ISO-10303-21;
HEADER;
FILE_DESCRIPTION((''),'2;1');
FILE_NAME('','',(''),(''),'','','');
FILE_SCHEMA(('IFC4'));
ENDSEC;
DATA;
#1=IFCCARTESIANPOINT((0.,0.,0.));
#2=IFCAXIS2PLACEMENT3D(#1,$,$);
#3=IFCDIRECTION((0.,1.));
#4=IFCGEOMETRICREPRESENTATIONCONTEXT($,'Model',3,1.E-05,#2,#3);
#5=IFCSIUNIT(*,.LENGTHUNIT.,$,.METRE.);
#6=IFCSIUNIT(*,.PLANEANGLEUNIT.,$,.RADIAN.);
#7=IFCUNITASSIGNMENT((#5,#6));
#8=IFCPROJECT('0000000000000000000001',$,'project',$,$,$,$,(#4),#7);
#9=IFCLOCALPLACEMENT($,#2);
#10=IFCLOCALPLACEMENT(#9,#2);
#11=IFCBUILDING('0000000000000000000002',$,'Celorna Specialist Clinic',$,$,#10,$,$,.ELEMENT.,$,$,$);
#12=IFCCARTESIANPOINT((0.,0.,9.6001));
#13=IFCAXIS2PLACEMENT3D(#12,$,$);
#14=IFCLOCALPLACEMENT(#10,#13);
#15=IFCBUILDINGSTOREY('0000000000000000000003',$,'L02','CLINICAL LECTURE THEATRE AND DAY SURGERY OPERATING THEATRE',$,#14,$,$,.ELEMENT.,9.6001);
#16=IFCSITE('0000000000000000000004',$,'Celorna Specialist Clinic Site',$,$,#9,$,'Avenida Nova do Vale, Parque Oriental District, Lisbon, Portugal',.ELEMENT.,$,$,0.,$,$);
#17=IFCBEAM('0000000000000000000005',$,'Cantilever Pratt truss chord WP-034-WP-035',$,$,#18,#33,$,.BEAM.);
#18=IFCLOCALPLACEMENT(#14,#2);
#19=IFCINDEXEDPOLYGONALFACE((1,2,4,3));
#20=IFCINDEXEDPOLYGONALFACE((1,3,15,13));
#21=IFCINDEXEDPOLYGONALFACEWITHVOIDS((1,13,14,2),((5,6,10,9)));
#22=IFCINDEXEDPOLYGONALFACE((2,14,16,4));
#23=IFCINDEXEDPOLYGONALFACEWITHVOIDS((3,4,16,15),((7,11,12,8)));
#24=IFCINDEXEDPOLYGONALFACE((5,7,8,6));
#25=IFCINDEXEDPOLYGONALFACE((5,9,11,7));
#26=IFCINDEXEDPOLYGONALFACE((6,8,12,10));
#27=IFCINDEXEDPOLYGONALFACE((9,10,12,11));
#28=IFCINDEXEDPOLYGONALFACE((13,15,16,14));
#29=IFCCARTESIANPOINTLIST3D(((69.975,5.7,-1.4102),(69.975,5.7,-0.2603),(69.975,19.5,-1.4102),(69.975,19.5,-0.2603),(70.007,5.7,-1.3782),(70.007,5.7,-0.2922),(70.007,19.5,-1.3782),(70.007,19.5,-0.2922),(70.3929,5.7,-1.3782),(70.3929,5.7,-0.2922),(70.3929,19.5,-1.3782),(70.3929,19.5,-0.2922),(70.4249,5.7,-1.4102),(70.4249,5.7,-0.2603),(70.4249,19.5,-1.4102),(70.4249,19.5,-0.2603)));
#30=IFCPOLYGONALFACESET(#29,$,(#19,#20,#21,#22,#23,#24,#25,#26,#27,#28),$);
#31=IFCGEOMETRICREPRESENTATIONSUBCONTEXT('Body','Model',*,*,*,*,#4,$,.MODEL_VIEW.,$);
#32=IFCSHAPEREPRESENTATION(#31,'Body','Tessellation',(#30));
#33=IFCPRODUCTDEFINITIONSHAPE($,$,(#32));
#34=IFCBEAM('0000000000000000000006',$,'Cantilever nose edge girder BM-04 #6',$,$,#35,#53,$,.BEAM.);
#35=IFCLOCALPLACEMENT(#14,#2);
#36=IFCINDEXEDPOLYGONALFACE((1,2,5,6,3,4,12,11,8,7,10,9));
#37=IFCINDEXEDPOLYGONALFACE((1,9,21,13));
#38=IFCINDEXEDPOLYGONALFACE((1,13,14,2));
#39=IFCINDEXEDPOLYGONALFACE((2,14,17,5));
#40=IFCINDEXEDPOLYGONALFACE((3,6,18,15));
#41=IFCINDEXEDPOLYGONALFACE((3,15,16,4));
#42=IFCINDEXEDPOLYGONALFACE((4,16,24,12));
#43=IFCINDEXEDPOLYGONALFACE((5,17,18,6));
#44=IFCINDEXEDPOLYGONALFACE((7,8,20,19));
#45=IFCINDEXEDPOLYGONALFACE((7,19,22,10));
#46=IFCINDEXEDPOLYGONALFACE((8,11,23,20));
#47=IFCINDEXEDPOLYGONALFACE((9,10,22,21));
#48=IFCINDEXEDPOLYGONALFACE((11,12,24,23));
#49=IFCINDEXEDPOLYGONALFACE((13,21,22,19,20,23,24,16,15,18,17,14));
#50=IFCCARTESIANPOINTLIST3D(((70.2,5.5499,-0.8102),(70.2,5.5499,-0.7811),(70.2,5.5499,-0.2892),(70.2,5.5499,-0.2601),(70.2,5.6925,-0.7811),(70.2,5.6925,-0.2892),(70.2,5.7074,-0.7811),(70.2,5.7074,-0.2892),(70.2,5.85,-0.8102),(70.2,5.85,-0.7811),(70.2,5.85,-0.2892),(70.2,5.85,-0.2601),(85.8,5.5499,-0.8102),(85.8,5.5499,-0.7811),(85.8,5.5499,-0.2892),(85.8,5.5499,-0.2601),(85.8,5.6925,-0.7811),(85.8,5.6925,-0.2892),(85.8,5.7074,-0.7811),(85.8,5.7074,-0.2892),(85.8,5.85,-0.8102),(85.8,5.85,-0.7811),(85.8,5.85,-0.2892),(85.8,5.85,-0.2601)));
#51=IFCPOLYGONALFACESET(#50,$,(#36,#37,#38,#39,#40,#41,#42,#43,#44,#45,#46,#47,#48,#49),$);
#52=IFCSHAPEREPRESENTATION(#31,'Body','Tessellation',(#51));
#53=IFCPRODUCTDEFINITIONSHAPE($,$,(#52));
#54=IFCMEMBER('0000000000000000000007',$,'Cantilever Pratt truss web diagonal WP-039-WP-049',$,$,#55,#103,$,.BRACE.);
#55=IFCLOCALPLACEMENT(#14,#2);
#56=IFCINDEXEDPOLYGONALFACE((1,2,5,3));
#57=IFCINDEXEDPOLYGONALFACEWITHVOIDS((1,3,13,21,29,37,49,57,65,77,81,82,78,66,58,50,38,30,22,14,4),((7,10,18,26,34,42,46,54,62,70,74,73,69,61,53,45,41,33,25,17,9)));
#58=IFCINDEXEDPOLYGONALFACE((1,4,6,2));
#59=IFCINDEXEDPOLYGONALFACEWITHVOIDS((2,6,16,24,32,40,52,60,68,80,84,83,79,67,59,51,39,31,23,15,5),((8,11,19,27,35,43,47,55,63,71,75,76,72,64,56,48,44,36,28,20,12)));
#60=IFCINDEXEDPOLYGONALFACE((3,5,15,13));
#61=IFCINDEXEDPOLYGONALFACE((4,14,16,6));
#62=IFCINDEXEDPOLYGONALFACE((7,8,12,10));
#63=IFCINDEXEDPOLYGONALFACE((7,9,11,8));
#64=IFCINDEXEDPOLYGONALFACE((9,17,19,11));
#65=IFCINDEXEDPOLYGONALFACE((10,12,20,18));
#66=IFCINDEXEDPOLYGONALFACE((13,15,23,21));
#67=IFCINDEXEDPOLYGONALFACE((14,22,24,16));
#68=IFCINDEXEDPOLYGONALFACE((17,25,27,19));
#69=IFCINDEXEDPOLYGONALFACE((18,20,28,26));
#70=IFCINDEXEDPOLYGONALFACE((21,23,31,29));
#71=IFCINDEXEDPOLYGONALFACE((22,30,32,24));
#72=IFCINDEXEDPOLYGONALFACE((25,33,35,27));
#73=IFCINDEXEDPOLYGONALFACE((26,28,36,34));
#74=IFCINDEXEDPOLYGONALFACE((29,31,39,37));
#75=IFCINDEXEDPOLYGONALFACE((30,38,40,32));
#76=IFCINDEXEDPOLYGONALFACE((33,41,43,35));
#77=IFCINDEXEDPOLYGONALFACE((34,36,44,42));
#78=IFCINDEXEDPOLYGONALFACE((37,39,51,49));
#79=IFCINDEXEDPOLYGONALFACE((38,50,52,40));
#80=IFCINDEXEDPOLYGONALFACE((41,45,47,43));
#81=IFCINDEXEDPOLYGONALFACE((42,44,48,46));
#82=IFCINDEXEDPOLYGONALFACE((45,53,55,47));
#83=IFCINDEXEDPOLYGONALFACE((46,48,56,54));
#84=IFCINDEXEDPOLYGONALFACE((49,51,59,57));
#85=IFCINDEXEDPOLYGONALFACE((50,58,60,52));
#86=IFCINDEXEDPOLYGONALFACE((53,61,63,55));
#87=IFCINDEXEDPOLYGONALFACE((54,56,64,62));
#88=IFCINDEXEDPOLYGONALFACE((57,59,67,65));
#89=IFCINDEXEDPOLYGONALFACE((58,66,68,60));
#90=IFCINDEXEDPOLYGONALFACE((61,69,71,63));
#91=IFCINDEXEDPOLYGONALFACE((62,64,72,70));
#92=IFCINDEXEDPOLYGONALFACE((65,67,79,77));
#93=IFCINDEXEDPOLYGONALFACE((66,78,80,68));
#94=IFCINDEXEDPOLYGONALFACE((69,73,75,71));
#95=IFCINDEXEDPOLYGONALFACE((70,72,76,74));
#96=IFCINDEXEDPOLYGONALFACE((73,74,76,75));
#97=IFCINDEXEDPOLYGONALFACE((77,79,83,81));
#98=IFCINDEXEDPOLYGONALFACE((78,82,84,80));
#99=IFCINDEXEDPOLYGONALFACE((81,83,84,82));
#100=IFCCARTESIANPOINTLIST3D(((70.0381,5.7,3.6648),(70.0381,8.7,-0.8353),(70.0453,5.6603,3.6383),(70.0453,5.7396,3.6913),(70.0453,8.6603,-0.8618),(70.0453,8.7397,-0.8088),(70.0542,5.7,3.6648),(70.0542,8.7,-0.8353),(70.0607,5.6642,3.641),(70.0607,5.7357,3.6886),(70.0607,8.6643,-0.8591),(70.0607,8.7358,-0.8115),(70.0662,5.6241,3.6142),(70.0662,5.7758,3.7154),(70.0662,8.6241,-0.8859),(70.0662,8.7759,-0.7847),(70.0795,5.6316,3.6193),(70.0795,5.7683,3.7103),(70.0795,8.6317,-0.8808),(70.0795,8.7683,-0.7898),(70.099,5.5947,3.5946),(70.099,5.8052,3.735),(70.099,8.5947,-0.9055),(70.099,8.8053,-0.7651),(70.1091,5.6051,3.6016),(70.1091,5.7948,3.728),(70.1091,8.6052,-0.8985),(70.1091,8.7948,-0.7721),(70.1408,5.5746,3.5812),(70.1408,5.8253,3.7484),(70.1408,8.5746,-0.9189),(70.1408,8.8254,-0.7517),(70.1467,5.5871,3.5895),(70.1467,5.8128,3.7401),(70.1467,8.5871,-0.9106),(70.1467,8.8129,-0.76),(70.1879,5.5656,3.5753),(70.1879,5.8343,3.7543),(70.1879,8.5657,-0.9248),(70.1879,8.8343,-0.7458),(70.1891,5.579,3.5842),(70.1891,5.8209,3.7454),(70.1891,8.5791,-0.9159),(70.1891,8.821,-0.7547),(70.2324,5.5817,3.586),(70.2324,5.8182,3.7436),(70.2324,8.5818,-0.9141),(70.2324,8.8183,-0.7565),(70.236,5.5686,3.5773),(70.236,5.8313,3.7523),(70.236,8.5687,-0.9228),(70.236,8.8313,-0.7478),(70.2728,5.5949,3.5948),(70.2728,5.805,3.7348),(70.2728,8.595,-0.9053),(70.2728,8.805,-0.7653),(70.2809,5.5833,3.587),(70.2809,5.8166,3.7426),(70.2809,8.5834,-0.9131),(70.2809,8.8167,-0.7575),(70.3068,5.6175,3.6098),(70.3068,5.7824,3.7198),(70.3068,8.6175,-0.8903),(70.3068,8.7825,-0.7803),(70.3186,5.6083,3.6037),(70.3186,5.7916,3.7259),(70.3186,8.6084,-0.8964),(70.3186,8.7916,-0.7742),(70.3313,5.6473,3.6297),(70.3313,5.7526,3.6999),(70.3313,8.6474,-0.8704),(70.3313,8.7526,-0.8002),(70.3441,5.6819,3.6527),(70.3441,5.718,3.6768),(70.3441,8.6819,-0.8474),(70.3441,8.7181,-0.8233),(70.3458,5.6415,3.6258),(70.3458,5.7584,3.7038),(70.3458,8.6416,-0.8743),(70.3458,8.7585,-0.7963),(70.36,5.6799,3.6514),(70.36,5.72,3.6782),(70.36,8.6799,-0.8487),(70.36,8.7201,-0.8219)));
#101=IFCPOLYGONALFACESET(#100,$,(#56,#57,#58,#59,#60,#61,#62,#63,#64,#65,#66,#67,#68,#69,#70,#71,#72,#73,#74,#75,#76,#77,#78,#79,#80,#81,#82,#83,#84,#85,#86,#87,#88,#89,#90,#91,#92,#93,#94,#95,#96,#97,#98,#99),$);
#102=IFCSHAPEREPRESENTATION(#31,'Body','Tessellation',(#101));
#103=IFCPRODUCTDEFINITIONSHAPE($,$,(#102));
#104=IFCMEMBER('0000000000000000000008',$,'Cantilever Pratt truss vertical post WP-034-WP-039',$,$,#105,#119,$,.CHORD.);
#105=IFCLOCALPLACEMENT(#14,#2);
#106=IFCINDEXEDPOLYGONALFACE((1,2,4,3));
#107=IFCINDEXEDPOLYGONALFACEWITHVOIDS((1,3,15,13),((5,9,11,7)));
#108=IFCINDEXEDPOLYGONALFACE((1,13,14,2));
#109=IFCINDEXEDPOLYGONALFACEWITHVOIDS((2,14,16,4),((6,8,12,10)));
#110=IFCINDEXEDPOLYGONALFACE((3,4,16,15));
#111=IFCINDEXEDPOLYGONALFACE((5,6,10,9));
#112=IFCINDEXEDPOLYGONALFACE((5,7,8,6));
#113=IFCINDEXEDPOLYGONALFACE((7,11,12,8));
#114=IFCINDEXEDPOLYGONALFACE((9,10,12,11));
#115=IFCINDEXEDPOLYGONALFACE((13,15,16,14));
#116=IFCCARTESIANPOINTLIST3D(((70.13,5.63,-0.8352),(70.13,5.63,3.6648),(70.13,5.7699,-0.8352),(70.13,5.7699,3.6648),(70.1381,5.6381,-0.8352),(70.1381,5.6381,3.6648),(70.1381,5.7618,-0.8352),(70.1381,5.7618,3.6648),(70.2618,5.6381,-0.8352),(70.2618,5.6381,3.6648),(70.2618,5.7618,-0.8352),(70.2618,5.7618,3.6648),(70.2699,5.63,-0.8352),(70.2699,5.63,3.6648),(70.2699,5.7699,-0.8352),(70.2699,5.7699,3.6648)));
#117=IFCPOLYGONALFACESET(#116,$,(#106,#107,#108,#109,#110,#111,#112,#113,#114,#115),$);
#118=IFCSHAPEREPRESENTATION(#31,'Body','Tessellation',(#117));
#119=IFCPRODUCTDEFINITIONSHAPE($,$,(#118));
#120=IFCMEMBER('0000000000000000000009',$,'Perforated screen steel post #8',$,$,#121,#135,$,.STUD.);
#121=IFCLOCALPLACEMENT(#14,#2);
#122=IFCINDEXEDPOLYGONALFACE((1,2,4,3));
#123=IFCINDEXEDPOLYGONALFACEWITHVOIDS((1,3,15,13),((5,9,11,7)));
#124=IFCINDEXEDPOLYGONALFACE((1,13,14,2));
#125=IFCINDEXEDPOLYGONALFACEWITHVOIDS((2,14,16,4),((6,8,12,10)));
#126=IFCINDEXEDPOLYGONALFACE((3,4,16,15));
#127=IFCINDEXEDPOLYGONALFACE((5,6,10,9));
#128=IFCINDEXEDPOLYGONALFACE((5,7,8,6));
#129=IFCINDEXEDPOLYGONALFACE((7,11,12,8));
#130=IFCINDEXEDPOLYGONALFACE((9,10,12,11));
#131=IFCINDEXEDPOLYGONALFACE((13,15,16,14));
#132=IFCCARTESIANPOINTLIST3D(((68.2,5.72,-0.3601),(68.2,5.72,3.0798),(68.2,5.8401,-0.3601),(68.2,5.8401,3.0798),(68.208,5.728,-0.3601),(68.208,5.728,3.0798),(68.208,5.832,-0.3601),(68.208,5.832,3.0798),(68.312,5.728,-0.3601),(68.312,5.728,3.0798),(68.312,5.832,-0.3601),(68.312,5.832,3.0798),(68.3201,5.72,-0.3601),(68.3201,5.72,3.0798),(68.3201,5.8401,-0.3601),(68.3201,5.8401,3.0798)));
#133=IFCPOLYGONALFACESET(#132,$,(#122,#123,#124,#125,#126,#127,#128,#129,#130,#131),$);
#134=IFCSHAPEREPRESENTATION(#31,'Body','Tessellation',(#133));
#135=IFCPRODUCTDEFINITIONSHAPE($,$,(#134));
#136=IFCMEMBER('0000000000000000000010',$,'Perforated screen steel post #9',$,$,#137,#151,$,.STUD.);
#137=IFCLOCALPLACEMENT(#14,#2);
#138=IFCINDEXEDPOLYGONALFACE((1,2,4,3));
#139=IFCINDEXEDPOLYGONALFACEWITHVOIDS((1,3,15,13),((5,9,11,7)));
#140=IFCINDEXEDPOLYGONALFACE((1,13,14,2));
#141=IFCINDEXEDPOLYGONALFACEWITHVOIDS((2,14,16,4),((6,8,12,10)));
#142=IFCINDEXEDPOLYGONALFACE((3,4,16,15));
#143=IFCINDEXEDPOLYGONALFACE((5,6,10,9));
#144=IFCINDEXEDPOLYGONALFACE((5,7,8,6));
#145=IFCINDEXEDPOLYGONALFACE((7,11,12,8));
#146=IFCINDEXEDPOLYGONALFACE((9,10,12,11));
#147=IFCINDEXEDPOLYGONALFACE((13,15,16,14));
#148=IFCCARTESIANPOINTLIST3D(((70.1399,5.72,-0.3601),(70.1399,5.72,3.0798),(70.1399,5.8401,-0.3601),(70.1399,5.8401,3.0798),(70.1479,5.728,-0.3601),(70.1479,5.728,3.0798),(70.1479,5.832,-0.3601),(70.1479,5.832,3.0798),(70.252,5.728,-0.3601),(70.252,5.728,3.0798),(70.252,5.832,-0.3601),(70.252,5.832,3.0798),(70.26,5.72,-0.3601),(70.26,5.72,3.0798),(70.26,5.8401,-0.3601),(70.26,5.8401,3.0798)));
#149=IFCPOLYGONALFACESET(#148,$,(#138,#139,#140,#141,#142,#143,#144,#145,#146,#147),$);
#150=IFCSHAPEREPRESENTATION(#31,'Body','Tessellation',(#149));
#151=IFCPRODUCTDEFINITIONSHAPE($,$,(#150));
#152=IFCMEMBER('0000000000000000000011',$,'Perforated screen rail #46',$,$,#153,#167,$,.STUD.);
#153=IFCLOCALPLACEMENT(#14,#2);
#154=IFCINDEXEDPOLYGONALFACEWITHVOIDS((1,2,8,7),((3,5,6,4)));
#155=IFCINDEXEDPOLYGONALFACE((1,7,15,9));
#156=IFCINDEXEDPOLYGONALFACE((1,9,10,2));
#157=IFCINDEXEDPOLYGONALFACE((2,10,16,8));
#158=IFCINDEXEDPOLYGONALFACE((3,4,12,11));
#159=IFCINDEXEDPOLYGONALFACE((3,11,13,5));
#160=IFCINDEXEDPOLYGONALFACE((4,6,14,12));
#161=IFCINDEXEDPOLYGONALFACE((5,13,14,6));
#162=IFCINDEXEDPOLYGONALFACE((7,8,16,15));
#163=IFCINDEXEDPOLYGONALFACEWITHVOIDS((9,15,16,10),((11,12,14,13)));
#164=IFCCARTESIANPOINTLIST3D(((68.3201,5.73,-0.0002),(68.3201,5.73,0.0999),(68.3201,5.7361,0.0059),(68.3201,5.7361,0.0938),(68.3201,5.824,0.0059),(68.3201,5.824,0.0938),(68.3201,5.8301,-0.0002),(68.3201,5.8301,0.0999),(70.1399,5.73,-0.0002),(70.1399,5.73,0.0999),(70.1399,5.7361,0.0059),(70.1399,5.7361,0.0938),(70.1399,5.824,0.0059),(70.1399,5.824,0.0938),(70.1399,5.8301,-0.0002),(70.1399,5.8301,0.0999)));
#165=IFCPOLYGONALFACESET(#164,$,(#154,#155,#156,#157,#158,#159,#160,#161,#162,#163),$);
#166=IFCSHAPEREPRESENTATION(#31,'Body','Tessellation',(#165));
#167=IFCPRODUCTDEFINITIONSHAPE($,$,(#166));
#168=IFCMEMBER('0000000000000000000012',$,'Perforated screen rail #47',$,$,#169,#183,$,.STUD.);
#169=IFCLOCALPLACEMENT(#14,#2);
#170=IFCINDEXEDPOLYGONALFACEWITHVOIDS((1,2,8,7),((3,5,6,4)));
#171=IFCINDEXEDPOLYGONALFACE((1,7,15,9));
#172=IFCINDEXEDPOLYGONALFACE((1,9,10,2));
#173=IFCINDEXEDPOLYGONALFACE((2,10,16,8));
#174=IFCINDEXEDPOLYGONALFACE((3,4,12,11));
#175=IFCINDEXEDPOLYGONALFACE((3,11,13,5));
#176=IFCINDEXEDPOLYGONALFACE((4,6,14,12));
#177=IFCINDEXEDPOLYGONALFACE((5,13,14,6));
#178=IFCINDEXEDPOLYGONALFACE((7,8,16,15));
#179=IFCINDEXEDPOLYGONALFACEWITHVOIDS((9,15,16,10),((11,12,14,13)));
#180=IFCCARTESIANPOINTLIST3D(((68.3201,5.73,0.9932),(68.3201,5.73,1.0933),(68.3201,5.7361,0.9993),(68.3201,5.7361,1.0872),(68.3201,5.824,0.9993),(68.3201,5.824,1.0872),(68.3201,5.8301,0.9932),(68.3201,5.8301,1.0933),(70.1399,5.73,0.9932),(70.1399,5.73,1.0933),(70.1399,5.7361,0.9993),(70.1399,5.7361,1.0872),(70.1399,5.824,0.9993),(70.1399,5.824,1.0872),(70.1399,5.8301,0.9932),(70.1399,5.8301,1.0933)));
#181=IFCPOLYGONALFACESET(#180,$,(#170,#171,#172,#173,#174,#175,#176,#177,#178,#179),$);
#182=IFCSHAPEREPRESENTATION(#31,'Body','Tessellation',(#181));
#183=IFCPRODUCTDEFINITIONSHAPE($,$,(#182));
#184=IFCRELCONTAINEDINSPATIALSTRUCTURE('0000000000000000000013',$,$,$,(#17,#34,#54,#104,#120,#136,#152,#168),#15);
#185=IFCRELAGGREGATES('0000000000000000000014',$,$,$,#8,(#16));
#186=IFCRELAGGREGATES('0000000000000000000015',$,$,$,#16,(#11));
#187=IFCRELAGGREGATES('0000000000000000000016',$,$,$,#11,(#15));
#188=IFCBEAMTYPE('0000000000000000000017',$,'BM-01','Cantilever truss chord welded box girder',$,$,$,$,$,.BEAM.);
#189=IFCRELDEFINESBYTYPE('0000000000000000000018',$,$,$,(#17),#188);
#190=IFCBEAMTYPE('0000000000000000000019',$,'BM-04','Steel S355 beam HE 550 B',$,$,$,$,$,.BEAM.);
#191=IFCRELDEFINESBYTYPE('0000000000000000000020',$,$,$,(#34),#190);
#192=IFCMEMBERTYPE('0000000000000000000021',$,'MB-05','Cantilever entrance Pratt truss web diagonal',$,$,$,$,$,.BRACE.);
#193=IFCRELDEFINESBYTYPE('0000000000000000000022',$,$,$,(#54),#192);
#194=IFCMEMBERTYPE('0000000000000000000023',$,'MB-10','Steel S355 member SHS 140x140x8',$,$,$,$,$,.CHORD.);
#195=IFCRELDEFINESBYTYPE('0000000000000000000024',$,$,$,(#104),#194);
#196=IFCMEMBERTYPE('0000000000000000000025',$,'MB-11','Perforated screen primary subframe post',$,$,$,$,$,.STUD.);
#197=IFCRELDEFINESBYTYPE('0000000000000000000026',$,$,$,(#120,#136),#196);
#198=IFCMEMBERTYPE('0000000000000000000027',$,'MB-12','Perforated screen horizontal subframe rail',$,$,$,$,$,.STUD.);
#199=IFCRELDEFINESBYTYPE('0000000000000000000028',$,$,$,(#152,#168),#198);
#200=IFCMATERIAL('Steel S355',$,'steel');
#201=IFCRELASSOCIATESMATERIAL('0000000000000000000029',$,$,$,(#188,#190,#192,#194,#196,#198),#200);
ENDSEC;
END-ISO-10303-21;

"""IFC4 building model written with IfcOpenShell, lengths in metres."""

from ifc_helpers import new_model, si_unit, direction, frame, origin, origin_2d, place, context, subcontext, project, spatial, hollow_rectangle, hollow_circle, i_section, extrude, material, material_profile, profile_set, type_object, element, save


model = new_model("IFC4")

# Units and contexts
model_context = context("Model", 3, precision=1e-05, world=origin(), true_north=direction((0.0, 1.0)))
body_context = subcontext(model_context, "Body", "Model", "MODEL_VIEW")
ifc_project = project(units=[si_unit("LENGTHUNIT", "METRE"), si_unit("PLANEANGLEUNIT", "RADIAN")], contexts=[model_context])

# Site, building, storey
site_placement = place(None, origin())
site = spatial("IfcSite", under=ifc_project, at=site_placement, Name="Celorna Specialist Clinic Site", LongName="Avenida Nova do Vale, Parque Oriental District, Lisbon, Portugal", CompositionType="ELEMENT", RefElevation=0.0)
building_placement = place(site_placement, origin())
building = spatial("IfcBuilding", under=site, at=building_placement, Name="Celorna Specialist Clinic", CompositionType="ELEMENT")
storey_placement = place(building_placement, frame((0.0, 0.0, 9.6001)))
storey = spatial("IfcBuildingStorey", under=building, at=storey_placement, Name="L02", Description="CLINICAL LECTURE THEATRE AND DAY SURGERY OPERATING THEATRE", CompositionType="ELEMENT", Elevation=9.6001)

# Beams
ifc_material_1 = material(Name="Steel S355", Category="steel")
ifc_material_profile_1 = material_profile(ifc_material_1, hollow_rectangle(XDim=0.45, YDim=1.1499, WallThickness=0.032, at=origin_2d()), Name="BOX 450x1150x32")
ifc_profile_set_1 = profile_set([ifc_material_profile_1], Name="Steel S355")
beam_type_1 = type_object("IfcBeamType", Name="BM-01", Description="Cantilever truss chord welded box girder", PredefinedType="BEAM", material=ifc_profile_set_1)
beam_1_placement = place(storey_placement, frame((70.2, 5.7, -0.8352), z_axis=(0.0, 1.0, 0.0), x_axis=(-1.0, 0.0, 0.0)))
element("IfcBeam", 1, at=beam_1_placement, inside=storey, type_object=beam_type_1, Name="Cantilever Pratt truss chord WP-034-WP-035", PredefinedType="BEAM", context=body_context, shape_type="SweptSolid", body=[
    extrude(hollow_rectangle(XDim=0.45, YDim=1.1499, WallThickness=0.032, at=origin_2d()), origin(), (0.0, 0.0, 1.0), 13.8),
])
ifc_material_profile_2 = material_profile(ifc_material_1, i_section(OverallWidth=0.3, OverallDepth=0.55, WebThickness=0.0149, FlangeThickness=0.0291, at=origin_2d()), Name="HE 550 B")
ifc_profile_set_2 = profile_set([ifc_material_profile_2], Name="Steel S355")
beam_type_2 = type_object("IfcBeamType", Name="BM-04", Description="Steel S355 beam HE 550 B", PredefinedType="BEAM", material=ifc_profile_set_2)
beam_2_placement = place(storey_placement, frame((70.2, 5.7, -0.5352), z_axis=(1.0, 0.0, 0.0), x_axis=(0.0, 1.0, 0.0)))
element("IfcBeam", 2, at=beam_2_placement, inside=storey, type_object=beam_type_2, Name="Cantilever nose edge girder BM-04 #6", PredefinedType="BEAM", context=body_context, shape_type="SweptSolid", body=[
    extrude(i_section(OverallWidth=0.3, OverallDepth=0.55, WebThickness=0.0149, FlangeThickness=0.0291, at=origin_2d()), origin(), (0.0, 0.0, 1.0), 15.6001),
])

# Members
ifc_material_profile_3 = material_profile(ifc_material_1, hollow_circle(Radius=0.1619, WallThickness=0.0161, at=origin_2d()), Name="CHS 323.9x16")
ifc_profile_set_3 = profile_set([ifc_material_profile_3], Name="Steel S355")
member_type_1 = type_object("IfcMemberType", Name="MB-05", Description="Cantilever entrance Pratt truss web diagonal", PredefinedType="BRACE", material=ifc_profile_set_3)
member_1_placement = place(storey_placement, frame((70.2, 5.7, 3.6648), z_axis=(0.0, 0.5547, -0.83205), x_axis=(-1.0, 0.0, 0.0)))
element("IfcMember", 3, at=member_1_placement, inside=storey, type_object=member_type_1, Name="Cantilever Pratt truss web diagonal WP-039-WP-049", PredefinedType="BRACE", context=body_context, shape_type="SweptSolid", body=[
    extrude(hollow_circle(Radius=0.1619, WallThickness=0.0161, at=origin_2d()), origin(), (0.0, 0.0, 1.0), 5.4084),
])
ifc_material_profile_4 = material_profile(ifc_material_1, hollow_rectangle(XDim=0.1399, YDim=0.1399, WallThickness=0.0081, at=origin_2d()), Name="SHS 140x140x8")
ifc_profile_set_4 = profile_set([ifc_material_profile_4], Name="Steel S355")
member_type_2 = type_object("IfcMemberType", Name="MB-10", Description="Steel S355 member SHS 140x140x8", PredefinedType="CHORD", material=ifc_profile_set_4)
member_2_placement = place(storey_placement, frame((70.2, 5.7, -0.8352), z_axis=(0.0, 0.0, 1.0), x_axis=(1.0, 0.0, 0.0)))
element("IfcMember", 4, at=member_2_placement, inside=storey, type_object=member_type_2, Name="Cantilever Pratt truss vertical post WP-034-WP-039", PredefinedType="CHORD", context=body_context, shape_type="SweptSolid", body=[
    extrude(hollow_rectangle(XDim=0.1399, YDim=0.1399, WallThickness=0.0081, at=origin_2d()), origin(), (0.0, 0.0, 1.0), 4.5),
])
ifc_material_profile_5 = material_profile(ifc_material_1, hollow_rectangle(XDim=0.1201, YDim=0.1201, WallThickness=0.0081, at=origin_2d()), Name="SHS 120x120x8")
ifc_profile_set_5 = profile_set([ifc_material_profile_5], Name="Steel S355")
member_type_3 = type_object("IfcMemberType", Name="MB-11", Description="Perforated screen primary subframe post", PredefinedType="STUD", material=ifc_profile_set_5)
for number, where, z_axis, x_axis, name in (
    (5, (68.26, 5.78, -0.3601), (0.0, 0.0, 1.0), (1.0, 0.0, 0.0), "Perforated screen steel post #8"),
    (6, (70.2, 5.78, -0.3601), (0.0, 0.0, 1.0), (1.0, 0.0, 0.0), "Perforated screen steel post #9"),
):
    element("IfcMember", number, at=place(storey_placement, frame(where, z_axis=z_axis, x_axis=x_axis)), inside=storey, type_object=member_type_3, Name=name, PredefinedType="STUD", context=body_context, shape_type="SweptSolid", body=[
        extrude(hollow_rectangle(XDim=0.1201, YDim=0.1201, WallThickness=0.0081, at=origin_2d()), origin(), (0.0, 0.0, 1.0), 3.4399),
    ])
ifc_material_profile_6 = material_profile(ifc_material_1, hollow_rectangle(XDim=0.1001, YDim=0.1001, WallThickness=0.0061, at=origin_2d()), Name="SHS 100x100x6")
ifc_profile_set_6 = profile_set([ifc_material_profile_6], Name="Steel S355")
member_type_4 = type_object("IfcMemberType", Name="MB-12", Description="Perforated screen horizontal subframe rail", PredefinedType="STUD", material=ifc_profile_set_6)
for number, where, z_axis, x_axis, name in (
    (7, (68.3201, 5.78, 0.0498), (1.0, 0.0, 0.0), (0.0, 1.0, 0.0), "Perforated screen rail #46"),
    (8, (68.3201, 5.78, 1.0432), (1.0, 0.0, 0.0), (0.0, 1.0, 0.0), "Perforated screen rail #47"),
):
    element("IfcMember", number, at=place(storey_placement, frame(where, z_axis=z_axis, x_axis=x_axis)), inside=storey, type_object=member_type_4, Name=name, PredefinedType="STUD", context=body_context, shape_type="SweptSolid", body=[
        extrude(hollow_rectangle(XDim=0.1001, YDim=0.1001, WallThickness=0.0061, at=origin_2d()), origin(), (0.0, 0.0, 1.0), 1.8198),
    ])

save(model, "model.ifc")
